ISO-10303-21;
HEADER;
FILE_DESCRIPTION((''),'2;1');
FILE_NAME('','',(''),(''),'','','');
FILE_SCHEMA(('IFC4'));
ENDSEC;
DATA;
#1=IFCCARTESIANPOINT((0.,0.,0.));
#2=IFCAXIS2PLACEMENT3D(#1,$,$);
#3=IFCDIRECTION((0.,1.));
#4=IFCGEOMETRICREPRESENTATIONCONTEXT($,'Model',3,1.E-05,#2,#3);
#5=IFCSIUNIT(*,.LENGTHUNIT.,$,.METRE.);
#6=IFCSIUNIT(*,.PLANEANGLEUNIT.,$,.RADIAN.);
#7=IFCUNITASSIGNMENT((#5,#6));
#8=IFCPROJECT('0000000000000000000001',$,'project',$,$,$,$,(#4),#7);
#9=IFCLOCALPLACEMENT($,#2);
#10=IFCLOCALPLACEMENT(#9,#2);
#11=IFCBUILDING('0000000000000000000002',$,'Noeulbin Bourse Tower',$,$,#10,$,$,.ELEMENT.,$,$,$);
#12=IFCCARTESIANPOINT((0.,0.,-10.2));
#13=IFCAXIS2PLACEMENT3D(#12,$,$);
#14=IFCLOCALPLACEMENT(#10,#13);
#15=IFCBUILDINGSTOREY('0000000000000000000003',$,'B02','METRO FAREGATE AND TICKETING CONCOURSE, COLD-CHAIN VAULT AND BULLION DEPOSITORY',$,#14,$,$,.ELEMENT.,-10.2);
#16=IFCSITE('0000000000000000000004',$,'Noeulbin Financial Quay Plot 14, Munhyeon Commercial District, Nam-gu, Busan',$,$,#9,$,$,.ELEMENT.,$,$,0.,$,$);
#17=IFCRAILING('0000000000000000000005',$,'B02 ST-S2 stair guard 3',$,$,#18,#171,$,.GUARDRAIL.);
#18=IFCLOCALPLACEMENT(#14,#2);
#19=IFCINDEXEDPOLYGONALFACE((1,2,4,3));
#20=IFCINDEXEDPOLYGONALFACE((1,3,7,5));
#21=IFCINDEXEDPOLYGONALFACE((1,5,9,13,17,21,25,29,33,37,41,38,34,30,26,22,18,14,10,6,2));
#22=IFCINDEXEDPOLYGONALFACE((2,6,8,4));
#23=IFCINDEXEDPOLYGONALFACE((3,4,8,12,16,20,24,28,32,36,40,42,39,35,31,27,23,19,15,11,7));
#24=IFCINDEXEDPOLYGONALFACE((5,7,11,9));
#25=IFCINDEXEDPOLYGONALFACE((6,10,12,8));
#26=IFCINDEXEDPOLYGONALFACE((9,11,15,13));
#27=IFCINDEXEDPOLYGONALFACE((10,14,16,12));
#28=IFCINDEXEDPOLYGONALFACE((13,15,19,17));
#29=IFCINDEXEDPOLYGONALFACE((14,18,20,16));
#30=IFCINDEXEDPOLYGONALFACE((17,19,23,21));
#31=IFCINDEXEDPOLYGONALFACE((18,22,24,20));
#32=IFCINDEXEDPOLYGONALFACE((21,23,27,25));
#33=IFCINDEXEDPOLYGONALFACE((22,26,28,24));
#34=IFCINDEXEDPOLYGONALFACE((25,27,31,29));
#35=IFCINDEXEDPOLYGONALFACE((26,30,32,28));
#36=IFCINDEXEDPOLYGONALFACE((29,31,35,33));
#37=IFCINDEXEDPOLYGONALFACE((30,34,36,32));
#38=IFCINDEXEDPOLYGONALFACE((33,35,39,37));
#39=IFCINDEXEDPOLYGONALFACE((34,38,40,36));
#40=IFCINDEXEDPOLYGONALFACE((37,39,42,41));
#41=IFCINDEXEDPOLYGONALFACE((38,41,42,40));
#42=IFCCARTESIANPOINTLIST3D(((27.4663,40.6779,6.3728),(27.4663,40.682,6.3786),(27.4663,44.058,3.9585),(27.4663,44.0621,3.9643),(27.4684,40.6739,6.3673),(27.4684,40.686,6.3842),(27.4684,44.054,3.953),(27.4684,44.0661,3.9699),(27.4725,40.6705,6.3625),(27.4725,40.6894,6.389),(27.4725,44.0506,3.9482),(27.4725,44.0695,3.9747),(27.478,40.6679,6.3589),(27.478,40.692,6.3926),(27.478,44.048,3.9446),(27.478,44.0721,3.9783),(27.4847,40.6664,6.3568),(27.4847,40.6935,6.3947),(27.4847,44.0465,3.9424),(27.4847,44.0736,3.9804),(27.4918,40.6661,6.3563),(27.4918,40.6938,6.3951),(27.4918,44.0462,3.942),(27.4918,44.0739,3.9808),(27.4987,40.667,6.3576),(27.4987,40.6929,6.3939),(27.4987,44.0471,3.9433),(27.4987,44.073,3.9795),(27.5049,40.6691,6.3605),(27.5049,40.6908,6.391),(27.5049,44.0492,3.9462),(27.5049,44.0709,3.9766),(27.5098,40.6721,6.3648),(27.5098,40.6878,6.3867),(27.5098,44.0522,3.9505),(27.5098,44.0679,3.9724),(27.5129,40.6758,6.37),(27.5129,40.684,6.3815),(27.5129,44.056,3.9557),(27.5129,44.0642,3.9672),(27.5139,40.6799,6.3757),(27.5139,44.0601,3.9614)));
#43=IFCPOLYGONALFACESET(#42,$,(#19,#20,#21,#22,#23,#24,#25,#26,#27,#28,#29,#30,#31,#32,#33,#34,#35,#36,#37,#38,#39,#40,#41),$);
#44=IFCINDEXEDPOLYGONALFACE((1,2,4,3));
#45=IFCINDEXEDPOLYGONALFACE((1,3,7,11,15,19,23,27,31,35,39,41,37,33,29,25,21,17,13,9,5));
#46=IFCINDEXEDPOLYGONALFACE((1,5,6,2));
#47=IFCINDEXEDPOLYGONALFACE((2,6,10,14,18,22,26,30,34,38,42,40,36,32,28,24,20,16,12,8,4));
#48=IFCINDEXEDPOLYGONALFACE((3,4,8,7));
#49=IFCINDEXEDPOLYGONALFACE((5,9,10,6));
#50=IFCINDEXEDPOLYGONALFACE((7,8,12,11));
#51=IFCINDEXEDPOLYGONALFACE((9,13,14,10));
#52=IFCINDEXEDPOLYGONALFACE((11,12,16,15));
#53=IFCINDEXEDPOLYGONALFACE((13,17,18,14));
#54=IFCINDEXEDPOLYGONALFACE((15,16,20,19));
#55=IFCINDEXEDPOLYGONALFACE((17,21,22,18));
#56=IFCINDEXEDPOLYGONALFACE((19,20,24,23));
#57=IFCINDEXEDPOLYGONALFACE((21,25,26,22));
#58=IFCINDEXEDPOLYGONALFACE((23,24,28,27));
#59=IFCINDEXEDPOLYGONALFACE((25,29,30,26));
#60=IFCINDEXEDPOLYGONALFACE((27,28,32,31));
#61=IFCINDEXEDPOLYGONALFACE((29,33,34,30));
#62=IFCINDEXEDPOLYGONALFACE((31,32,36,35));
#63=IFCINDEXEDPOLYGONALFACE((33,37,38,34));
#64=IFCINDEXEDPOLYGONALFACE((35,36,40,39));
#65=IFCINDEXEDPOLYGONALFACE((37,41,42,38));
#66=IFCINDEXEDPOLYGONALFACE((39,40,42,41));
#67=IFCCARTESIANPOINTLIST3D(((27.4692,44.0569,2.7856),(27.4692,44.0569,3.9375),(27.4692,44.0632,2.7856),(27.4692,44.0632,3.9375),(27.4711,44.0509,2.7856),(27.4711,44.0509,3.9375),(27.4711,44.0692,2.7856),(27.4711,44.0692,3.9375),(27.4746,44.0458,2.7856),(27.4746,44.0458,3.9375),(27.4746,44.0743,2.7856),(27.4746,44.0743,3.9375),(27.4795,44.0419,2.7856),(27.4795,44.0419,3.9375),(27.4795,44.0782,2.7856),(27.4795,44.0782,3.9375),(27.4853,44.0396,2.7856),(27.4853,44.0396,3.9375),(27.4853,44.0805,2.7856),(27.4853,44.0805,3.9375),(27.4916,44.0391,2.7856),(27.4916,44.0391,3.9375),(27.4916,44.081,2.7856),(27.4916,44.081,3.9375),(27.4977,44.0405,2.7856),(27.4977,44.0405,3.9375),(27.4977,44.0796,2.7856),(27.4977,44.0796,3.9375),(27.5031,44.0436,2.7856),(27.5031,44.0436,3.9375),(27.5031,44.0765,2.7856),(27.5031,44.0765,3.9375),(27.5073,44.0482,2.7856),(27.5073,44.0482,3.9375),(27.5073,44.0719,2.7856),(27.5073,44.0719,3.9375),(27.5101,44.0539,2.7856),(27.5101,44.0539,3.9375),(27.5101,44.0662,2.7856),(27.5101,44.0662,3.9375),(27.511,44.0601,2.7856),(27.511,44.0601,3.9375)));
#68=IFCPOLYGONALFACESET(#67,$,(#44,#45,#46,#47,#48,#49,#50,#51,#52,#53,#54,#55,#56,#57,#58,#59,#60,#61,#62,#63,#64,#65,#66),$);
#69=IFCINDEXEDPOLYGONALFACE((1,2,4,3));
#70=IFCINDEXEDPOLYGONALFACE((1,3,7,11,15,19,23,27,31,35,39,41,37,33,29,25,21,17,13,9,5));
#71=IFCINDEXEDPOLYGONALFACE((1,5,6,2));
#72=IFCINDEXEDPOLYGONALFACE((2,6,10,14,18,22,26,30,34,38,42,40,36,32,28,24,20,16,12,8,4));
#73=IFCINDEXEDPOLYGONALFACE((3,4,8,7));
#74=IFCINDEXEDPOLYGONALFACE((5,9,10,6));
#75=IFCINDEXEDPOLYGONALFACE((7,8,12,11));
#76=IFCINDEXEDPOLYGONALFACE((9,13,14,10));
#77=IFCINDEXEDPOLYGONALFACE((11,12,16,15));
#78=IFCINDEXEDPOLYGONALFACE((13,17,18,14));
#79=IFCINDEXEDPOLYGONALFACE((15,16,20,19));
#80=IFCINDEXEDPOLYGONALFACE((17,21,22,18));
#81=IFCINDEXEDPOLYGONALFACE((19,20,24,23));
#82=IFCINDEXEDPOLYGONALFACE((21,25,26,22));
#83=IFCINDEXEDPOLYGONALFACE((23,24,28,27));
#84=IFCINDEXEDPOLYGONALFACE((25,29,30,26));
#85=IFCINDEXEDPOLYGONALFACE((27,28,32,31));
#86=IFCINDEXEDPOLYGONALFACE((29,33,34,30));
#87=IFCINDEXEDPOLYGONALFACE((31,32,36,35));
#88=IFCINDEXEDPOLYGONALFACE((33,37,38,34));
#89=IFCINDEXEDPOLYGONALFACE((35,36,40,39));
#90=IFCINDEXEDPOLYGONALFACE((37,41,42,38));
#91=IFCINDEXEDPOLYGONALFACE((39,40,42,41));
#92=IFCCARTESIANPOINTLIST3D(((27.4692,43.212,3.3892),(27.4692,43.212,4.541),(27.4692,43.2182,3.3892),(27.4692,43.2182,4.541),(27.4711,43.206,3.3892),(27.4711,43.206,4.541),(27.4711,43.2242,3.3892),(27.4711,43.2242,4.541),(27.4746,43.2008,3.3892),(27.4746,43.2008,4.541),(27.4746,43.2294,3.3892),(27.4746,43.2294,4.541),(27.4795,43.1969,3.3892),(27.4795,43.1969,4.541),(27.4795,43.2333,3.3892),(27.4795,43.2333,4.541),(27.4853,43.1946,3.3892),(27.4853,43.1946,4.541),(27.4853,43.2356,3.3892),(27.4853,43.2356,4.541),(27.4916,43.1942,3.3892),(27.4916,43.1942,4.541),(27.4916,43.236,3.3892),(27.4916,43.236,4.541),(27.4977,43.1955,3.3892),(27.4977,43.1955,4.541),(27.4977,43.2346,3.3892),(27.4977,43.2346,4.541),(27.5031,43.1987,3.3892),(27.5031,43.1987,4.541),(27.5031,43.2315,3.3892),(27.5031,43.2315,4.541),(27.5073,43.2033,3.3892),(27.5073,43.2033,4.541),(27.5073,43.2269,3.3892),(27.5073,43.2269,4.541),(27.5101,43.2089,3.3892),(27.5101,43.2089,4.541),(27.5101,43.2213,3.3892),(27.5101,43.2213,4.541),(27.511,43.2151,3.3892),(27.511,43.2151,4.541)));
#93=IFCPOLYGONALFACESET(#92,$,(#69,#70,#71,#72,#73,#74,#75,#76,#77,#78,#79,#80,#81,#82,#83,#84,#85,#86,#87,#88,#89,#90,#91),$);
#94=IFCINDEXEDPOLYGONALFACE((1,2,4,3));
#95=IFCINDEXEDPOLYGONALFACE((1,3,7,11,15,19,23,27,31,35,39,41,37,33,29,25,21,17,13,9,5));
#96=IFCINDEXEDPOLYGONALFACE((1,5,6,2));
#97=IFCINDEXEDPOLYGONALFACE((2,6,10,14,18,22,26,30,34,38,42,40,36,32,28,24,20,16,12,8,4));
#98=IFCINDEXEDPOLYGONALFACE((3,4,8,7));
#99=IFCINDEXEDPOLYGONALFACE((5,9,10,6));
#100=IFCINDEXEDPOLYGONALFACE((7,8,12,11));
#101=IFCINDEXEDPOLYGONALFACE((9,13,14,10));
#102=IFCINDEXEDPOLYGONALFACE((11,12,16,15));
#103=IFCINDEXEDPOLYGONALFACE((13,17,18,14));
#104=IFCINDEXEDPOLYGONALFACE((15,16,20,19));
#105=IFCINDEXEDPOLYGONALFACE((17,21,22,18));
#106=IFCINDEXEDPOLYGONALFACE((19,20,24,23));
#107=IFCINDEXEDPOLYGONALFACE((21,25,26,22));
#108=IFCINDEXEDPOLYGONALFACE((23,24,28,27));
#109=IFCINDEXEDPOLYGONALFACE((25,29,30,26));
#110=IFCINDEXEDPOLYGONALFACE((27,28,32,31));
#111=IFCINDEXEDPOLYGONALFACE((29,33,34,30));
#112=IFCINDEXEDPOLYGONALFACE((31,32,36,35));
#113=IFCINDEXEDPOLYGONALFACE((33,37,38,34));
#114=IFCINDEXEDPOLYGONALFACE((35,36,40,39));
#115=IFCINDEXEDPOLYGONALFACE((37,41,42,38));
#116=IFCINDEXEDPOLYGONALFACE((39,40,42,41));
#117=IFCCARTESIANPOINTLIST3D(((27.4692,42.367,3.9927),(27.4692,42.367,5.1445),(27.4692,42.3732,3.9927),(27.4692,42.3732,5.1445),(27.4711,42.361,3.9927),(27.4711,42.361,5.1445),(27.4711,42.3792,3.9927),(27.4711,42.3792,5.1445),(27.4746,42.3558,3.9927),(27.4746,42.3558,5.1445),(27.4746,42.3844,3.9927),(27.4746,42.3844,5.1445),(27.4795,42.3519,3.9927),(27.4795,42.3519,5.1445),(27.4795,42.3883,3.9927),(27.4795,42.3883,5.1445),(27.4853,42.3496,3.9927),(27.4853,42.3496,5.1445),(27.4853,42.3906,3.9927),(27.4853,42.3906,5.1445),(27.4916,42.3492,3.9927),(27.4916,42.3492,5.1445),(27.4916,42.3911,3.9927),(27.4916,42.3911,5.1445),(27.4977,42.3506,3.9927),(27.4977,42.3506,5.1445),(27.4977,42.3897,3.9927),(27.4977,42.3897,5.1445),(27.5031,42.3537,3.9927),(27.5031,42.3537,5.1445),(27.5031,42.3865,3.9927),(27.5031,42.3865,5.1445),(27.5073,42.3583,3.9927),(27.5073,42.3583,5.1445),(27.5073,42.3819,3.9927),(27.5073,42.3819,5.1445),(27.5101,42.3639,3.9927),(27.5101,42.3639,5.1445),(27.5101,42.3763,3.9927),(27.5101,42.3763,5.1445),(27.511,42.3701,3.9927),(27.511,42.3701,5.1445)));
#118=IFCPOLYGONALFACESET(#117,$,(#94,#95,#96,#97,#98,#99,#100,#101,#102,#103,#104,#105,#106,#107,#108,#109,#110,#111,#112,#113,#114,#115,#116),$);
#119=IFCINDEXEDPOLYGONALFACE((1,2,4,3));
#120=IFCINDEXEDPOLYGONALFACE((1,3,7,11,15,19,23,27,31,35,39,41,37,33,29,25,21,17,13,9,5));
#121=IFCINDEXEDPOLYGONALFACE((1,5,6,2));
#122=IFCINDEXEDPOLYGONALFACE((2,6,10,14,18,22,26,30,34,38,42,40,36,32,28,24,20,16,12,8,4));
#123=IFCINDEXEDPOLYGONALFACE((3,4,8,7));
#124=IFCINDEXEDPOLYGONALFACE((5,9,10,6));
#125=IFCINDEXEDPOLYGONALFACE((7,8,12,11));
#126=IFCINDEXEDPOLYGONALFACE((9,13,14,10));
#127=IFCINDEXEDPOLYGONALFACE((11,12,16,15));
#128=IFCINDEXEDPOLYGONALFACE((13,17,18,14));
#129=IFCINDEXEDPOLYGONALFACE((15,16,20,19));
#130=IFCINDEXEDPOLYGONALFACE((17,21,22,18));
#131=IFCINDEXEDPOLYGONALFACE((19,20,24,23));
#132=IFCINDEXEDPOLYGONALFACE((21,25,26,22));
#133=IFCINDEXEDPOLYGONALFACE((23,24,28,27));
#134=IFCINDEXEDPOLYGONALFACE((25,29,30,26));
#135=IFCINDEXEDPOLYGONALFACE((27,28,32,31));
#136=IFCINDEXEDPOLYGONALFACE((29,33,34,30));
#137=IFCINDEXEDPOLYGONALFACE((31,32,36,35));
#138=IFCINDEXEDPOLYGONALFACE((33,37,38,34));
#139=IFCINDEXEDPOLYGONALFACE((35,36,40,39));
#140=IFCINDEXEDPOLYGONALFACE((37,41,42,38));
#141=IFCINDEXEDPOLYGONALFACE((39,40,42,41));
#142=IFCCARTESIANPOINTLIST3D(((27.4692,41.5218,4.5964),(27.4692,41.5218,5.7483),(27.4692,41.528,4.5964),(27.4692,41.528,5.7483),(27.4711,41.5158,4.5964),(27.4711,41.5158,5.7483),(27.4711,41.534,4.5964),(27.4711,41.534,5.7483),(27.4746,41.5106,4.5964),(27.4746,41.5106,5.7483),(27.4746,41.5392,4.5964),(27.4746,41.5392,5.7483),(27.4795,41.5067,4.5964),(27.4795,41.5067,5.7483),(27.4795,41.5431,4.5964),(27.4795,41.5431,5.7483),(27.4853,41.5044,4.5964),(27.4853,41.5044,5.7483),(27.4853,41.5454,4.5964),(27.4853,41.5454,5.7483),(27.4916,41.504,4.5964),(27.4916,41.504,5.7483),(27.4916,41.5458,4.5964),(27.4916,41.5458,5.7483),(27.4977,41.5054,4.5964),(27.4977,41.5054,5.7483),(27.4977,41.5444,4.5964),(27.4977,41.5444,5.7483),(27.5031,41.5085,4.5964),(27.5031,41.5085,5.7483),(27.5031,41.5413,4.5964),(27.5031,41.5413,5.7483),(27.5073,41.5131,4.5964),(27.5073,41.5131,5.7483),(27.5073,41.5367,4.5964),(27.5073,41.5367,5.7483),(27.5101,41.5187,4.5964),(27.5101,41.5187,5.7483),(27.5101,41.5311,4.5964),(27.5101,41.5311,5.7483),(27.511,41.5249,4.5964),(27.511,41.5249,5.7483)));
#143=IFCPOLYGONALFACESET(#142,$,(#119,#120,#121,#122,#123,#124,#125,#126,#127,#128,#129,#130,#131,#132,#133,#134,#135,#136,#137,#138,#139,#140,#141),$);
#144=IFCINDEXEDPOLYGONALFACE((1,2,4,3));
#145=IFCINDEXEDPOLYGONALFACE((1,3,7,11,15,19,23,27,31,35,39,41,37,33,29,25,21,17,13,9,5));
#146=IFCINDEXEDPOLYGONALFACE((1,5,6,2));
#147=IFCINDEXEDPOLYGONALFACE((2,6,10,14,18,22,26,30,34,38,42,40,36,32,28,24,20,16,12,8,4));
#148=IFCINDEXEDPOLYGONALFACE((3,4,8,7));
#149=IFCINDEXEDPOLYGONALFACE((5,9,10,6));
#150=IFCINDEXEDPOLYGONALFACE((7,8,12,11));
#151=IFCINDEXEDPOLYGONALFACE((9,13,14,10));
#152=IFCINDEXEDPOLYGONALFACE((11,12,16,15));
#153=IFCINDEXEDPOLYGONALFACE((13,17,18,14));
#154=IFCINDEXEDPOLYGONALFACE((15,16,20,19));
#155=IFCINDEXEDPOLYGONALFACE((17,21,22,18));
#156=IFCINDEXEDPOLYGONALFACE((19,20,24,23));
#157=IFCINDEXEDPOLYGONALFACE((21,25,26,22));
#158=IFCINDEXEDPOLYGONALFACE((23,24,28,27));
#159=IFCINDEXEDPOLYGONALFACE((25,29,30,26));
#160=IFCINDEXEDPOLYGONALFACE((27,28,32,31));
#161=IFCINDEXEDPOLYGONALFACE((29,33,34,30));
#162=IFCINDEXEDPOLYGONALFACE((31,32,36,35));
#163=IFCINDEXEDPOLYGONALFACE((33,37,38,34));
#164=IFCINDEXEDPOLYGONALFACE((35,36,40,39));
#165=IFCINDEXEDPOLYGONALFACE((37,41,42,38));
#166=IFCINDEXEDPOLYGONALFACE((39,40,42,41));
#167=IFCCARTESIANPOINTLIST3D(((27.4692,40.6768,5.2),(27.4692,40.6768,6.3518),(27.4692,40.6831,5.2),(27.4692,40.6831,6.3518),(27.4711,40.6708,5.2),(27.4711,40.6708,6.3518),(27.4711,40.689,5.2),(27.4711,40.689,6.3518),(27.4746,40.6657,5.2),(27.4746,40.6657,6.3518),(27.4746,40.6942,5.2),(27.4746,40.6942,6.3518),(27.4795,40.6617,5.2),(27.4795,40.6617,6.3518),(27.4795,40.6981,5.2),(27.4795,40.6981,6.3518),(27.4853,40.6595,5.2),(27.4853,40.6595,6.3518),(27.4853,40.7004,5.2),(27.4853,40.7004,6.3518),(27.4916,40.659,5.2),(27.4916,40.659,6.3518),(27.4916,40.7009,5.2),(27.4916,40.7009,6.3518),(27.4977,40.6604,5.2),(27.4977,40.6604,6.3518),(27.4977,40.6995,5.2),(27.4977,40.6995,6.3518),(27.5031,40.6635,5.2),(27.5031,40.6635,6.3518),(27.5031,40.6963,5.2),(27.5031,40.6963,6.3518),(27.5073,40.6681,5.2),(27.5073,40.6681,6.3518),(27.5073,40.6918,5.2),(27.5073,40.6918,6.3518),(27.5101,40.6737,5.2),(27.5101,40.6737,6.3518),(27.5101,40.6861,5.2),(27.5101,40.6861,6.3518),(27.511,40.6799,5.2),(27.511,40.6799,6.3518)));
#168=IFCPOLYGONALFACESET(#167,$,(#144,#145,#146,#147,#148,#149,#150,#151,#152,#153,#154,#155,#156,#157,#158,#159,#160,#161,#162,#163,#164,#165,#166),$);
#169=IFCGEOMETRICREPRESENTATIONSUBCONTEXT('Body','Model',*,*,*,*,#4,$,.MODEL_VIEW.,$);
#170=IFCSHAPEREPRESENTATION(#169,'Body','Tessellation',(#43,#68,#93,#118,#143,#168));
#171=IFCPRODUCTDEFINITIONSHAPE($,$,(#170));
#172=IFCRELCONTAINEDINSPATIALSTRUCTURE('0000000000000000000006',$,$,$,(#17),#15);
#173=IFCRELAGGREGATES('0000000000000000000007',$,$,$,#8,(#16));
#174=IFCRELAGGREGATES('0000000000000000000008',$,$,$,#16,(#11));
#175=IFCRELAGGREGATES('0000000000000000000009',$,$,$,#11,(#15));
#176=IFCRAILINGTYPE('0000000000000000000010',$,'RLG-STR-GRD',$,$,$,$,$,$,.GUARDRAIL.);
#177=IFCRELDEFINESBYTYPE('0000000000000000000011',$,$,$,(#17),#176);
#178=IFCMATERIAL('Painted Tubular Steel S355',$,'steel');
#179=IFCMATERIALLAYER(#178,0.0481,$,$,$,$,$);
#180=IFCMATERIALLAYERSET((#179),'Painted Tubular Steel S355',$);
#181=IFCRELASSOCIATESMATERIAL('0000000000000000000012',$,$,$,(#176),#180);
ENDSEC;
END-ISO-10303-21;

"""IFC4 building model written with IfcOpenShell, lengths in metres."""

from ifc_helpers import new_model, si_unit, direction, frame, origin, origin_2d, place, context, subcontext, project, spatial, circle, extrude, material, layer, layer_set, type_object, element, save


model = new_model("IFC4")

# Units and contexts
model_context = context("Model", 3, precision=1e-05, world=origin(), true_north=direction((0.0, 1.0)))
body_context = subcontext(model_context, "Body", "Model", "MODEL_VIEW")
ifc_project = project(units=[si_unit("LENGTHUNIT", "METRE"), si_unit("PLANEANGLEUNIT", "RADIAN")], contexts=[model_context])

# Site, building, storey
site_placement = place(None, origin())
site = spatial("IfcSite", under=ifc_project, at=site_placement, Name="Noeulbin Financial Quay Plot 14, Munhyeon Commercial District, Nam-gu, Busan", CompositionType="ELEMENT", RefElevation=0.0)
building_placement = place(site_placement, origin())
building = spatial("IfcBuilding", under=site, at=building_placement, Name="Noeulbin Bourse Tower", CompositionType="ELEMENT")
storey_placement = place(building_placement, frame((0.0, 0.0, -10.2)))
storey = spatial("IfcBuildingStorey", under=building, at=storey_placement, Name="B02", Description="METRO FAREGATE AND TICKETING CONCOURSE, COLD-CHAIN VAULT AND BULLION DEPOSITORY", CompositionType="ELEMENT", Elevation=-10.2)

# Railing
ifc_material_1 = material(Name="Painted Tubular Steel S355", Category="steel")
ifc_layer_1 = layer(ifc_material_1, 0.0481)
ifc_layer_set_1 = layer_set([ifc_layer_1], Name="Painted Tubular Steel S355")
railing_type_1 = type_object("IfcRailingType", Name="RLG-STR-GRD", PredefinedType="GUARDRAIL", material=ifc_layer_set_1)
railing_1_placement = place(storey_placement, frame((27.49, 44.0601, 2.7856)))
element("IfcRailing", 1, at=railing_1_placement, inside=storey, type_object=railing_type_1, Name="B02 ST-S2 stair guard 3", PredefinedType="GUARDRAIL", context=body_context, shape_type="SweptSolid", body=[
    extrude(circle(Radius=0.0239, at=origin_2d()), frame((0.0, 0.0, 1.1758), z_axis=(0.0, -0.813741, 0.581227), x_axis=(1.0, 0.0, 0.0)), (0.0, 0.0, 1.0), 4.1538),
    extrude(circle(Radius=0.021, at=origin_2d()), origin(), (0.0, 0.0, 1.0), 1.1519),
    extrude(circle(Radius=0.021, at=origin_2d()), frame((0.0, -0.845, 0.6035)), (0.0, 0.0, 1.0), 1.1519),
    extrude(circle(Radius=0.021, at=origin_2d()), frame((0.0, -1.6899, 1.207)), (0.0, 0.0, 1.0), 1.1519),
    extrude(circle(Radius=0.021, at=origin_2d()), frame((0.0, -2.5352, 1.8108)), (0.0, 0.0, 1.0), 1.1519),
    extrude(circle(Radius=0.021, at=origin_2d()), frame((0.0, -3.3801, 2.4143)), (0.0, 0.0, 1.0), 1.1519),
])

save(model, "model.ifc")
